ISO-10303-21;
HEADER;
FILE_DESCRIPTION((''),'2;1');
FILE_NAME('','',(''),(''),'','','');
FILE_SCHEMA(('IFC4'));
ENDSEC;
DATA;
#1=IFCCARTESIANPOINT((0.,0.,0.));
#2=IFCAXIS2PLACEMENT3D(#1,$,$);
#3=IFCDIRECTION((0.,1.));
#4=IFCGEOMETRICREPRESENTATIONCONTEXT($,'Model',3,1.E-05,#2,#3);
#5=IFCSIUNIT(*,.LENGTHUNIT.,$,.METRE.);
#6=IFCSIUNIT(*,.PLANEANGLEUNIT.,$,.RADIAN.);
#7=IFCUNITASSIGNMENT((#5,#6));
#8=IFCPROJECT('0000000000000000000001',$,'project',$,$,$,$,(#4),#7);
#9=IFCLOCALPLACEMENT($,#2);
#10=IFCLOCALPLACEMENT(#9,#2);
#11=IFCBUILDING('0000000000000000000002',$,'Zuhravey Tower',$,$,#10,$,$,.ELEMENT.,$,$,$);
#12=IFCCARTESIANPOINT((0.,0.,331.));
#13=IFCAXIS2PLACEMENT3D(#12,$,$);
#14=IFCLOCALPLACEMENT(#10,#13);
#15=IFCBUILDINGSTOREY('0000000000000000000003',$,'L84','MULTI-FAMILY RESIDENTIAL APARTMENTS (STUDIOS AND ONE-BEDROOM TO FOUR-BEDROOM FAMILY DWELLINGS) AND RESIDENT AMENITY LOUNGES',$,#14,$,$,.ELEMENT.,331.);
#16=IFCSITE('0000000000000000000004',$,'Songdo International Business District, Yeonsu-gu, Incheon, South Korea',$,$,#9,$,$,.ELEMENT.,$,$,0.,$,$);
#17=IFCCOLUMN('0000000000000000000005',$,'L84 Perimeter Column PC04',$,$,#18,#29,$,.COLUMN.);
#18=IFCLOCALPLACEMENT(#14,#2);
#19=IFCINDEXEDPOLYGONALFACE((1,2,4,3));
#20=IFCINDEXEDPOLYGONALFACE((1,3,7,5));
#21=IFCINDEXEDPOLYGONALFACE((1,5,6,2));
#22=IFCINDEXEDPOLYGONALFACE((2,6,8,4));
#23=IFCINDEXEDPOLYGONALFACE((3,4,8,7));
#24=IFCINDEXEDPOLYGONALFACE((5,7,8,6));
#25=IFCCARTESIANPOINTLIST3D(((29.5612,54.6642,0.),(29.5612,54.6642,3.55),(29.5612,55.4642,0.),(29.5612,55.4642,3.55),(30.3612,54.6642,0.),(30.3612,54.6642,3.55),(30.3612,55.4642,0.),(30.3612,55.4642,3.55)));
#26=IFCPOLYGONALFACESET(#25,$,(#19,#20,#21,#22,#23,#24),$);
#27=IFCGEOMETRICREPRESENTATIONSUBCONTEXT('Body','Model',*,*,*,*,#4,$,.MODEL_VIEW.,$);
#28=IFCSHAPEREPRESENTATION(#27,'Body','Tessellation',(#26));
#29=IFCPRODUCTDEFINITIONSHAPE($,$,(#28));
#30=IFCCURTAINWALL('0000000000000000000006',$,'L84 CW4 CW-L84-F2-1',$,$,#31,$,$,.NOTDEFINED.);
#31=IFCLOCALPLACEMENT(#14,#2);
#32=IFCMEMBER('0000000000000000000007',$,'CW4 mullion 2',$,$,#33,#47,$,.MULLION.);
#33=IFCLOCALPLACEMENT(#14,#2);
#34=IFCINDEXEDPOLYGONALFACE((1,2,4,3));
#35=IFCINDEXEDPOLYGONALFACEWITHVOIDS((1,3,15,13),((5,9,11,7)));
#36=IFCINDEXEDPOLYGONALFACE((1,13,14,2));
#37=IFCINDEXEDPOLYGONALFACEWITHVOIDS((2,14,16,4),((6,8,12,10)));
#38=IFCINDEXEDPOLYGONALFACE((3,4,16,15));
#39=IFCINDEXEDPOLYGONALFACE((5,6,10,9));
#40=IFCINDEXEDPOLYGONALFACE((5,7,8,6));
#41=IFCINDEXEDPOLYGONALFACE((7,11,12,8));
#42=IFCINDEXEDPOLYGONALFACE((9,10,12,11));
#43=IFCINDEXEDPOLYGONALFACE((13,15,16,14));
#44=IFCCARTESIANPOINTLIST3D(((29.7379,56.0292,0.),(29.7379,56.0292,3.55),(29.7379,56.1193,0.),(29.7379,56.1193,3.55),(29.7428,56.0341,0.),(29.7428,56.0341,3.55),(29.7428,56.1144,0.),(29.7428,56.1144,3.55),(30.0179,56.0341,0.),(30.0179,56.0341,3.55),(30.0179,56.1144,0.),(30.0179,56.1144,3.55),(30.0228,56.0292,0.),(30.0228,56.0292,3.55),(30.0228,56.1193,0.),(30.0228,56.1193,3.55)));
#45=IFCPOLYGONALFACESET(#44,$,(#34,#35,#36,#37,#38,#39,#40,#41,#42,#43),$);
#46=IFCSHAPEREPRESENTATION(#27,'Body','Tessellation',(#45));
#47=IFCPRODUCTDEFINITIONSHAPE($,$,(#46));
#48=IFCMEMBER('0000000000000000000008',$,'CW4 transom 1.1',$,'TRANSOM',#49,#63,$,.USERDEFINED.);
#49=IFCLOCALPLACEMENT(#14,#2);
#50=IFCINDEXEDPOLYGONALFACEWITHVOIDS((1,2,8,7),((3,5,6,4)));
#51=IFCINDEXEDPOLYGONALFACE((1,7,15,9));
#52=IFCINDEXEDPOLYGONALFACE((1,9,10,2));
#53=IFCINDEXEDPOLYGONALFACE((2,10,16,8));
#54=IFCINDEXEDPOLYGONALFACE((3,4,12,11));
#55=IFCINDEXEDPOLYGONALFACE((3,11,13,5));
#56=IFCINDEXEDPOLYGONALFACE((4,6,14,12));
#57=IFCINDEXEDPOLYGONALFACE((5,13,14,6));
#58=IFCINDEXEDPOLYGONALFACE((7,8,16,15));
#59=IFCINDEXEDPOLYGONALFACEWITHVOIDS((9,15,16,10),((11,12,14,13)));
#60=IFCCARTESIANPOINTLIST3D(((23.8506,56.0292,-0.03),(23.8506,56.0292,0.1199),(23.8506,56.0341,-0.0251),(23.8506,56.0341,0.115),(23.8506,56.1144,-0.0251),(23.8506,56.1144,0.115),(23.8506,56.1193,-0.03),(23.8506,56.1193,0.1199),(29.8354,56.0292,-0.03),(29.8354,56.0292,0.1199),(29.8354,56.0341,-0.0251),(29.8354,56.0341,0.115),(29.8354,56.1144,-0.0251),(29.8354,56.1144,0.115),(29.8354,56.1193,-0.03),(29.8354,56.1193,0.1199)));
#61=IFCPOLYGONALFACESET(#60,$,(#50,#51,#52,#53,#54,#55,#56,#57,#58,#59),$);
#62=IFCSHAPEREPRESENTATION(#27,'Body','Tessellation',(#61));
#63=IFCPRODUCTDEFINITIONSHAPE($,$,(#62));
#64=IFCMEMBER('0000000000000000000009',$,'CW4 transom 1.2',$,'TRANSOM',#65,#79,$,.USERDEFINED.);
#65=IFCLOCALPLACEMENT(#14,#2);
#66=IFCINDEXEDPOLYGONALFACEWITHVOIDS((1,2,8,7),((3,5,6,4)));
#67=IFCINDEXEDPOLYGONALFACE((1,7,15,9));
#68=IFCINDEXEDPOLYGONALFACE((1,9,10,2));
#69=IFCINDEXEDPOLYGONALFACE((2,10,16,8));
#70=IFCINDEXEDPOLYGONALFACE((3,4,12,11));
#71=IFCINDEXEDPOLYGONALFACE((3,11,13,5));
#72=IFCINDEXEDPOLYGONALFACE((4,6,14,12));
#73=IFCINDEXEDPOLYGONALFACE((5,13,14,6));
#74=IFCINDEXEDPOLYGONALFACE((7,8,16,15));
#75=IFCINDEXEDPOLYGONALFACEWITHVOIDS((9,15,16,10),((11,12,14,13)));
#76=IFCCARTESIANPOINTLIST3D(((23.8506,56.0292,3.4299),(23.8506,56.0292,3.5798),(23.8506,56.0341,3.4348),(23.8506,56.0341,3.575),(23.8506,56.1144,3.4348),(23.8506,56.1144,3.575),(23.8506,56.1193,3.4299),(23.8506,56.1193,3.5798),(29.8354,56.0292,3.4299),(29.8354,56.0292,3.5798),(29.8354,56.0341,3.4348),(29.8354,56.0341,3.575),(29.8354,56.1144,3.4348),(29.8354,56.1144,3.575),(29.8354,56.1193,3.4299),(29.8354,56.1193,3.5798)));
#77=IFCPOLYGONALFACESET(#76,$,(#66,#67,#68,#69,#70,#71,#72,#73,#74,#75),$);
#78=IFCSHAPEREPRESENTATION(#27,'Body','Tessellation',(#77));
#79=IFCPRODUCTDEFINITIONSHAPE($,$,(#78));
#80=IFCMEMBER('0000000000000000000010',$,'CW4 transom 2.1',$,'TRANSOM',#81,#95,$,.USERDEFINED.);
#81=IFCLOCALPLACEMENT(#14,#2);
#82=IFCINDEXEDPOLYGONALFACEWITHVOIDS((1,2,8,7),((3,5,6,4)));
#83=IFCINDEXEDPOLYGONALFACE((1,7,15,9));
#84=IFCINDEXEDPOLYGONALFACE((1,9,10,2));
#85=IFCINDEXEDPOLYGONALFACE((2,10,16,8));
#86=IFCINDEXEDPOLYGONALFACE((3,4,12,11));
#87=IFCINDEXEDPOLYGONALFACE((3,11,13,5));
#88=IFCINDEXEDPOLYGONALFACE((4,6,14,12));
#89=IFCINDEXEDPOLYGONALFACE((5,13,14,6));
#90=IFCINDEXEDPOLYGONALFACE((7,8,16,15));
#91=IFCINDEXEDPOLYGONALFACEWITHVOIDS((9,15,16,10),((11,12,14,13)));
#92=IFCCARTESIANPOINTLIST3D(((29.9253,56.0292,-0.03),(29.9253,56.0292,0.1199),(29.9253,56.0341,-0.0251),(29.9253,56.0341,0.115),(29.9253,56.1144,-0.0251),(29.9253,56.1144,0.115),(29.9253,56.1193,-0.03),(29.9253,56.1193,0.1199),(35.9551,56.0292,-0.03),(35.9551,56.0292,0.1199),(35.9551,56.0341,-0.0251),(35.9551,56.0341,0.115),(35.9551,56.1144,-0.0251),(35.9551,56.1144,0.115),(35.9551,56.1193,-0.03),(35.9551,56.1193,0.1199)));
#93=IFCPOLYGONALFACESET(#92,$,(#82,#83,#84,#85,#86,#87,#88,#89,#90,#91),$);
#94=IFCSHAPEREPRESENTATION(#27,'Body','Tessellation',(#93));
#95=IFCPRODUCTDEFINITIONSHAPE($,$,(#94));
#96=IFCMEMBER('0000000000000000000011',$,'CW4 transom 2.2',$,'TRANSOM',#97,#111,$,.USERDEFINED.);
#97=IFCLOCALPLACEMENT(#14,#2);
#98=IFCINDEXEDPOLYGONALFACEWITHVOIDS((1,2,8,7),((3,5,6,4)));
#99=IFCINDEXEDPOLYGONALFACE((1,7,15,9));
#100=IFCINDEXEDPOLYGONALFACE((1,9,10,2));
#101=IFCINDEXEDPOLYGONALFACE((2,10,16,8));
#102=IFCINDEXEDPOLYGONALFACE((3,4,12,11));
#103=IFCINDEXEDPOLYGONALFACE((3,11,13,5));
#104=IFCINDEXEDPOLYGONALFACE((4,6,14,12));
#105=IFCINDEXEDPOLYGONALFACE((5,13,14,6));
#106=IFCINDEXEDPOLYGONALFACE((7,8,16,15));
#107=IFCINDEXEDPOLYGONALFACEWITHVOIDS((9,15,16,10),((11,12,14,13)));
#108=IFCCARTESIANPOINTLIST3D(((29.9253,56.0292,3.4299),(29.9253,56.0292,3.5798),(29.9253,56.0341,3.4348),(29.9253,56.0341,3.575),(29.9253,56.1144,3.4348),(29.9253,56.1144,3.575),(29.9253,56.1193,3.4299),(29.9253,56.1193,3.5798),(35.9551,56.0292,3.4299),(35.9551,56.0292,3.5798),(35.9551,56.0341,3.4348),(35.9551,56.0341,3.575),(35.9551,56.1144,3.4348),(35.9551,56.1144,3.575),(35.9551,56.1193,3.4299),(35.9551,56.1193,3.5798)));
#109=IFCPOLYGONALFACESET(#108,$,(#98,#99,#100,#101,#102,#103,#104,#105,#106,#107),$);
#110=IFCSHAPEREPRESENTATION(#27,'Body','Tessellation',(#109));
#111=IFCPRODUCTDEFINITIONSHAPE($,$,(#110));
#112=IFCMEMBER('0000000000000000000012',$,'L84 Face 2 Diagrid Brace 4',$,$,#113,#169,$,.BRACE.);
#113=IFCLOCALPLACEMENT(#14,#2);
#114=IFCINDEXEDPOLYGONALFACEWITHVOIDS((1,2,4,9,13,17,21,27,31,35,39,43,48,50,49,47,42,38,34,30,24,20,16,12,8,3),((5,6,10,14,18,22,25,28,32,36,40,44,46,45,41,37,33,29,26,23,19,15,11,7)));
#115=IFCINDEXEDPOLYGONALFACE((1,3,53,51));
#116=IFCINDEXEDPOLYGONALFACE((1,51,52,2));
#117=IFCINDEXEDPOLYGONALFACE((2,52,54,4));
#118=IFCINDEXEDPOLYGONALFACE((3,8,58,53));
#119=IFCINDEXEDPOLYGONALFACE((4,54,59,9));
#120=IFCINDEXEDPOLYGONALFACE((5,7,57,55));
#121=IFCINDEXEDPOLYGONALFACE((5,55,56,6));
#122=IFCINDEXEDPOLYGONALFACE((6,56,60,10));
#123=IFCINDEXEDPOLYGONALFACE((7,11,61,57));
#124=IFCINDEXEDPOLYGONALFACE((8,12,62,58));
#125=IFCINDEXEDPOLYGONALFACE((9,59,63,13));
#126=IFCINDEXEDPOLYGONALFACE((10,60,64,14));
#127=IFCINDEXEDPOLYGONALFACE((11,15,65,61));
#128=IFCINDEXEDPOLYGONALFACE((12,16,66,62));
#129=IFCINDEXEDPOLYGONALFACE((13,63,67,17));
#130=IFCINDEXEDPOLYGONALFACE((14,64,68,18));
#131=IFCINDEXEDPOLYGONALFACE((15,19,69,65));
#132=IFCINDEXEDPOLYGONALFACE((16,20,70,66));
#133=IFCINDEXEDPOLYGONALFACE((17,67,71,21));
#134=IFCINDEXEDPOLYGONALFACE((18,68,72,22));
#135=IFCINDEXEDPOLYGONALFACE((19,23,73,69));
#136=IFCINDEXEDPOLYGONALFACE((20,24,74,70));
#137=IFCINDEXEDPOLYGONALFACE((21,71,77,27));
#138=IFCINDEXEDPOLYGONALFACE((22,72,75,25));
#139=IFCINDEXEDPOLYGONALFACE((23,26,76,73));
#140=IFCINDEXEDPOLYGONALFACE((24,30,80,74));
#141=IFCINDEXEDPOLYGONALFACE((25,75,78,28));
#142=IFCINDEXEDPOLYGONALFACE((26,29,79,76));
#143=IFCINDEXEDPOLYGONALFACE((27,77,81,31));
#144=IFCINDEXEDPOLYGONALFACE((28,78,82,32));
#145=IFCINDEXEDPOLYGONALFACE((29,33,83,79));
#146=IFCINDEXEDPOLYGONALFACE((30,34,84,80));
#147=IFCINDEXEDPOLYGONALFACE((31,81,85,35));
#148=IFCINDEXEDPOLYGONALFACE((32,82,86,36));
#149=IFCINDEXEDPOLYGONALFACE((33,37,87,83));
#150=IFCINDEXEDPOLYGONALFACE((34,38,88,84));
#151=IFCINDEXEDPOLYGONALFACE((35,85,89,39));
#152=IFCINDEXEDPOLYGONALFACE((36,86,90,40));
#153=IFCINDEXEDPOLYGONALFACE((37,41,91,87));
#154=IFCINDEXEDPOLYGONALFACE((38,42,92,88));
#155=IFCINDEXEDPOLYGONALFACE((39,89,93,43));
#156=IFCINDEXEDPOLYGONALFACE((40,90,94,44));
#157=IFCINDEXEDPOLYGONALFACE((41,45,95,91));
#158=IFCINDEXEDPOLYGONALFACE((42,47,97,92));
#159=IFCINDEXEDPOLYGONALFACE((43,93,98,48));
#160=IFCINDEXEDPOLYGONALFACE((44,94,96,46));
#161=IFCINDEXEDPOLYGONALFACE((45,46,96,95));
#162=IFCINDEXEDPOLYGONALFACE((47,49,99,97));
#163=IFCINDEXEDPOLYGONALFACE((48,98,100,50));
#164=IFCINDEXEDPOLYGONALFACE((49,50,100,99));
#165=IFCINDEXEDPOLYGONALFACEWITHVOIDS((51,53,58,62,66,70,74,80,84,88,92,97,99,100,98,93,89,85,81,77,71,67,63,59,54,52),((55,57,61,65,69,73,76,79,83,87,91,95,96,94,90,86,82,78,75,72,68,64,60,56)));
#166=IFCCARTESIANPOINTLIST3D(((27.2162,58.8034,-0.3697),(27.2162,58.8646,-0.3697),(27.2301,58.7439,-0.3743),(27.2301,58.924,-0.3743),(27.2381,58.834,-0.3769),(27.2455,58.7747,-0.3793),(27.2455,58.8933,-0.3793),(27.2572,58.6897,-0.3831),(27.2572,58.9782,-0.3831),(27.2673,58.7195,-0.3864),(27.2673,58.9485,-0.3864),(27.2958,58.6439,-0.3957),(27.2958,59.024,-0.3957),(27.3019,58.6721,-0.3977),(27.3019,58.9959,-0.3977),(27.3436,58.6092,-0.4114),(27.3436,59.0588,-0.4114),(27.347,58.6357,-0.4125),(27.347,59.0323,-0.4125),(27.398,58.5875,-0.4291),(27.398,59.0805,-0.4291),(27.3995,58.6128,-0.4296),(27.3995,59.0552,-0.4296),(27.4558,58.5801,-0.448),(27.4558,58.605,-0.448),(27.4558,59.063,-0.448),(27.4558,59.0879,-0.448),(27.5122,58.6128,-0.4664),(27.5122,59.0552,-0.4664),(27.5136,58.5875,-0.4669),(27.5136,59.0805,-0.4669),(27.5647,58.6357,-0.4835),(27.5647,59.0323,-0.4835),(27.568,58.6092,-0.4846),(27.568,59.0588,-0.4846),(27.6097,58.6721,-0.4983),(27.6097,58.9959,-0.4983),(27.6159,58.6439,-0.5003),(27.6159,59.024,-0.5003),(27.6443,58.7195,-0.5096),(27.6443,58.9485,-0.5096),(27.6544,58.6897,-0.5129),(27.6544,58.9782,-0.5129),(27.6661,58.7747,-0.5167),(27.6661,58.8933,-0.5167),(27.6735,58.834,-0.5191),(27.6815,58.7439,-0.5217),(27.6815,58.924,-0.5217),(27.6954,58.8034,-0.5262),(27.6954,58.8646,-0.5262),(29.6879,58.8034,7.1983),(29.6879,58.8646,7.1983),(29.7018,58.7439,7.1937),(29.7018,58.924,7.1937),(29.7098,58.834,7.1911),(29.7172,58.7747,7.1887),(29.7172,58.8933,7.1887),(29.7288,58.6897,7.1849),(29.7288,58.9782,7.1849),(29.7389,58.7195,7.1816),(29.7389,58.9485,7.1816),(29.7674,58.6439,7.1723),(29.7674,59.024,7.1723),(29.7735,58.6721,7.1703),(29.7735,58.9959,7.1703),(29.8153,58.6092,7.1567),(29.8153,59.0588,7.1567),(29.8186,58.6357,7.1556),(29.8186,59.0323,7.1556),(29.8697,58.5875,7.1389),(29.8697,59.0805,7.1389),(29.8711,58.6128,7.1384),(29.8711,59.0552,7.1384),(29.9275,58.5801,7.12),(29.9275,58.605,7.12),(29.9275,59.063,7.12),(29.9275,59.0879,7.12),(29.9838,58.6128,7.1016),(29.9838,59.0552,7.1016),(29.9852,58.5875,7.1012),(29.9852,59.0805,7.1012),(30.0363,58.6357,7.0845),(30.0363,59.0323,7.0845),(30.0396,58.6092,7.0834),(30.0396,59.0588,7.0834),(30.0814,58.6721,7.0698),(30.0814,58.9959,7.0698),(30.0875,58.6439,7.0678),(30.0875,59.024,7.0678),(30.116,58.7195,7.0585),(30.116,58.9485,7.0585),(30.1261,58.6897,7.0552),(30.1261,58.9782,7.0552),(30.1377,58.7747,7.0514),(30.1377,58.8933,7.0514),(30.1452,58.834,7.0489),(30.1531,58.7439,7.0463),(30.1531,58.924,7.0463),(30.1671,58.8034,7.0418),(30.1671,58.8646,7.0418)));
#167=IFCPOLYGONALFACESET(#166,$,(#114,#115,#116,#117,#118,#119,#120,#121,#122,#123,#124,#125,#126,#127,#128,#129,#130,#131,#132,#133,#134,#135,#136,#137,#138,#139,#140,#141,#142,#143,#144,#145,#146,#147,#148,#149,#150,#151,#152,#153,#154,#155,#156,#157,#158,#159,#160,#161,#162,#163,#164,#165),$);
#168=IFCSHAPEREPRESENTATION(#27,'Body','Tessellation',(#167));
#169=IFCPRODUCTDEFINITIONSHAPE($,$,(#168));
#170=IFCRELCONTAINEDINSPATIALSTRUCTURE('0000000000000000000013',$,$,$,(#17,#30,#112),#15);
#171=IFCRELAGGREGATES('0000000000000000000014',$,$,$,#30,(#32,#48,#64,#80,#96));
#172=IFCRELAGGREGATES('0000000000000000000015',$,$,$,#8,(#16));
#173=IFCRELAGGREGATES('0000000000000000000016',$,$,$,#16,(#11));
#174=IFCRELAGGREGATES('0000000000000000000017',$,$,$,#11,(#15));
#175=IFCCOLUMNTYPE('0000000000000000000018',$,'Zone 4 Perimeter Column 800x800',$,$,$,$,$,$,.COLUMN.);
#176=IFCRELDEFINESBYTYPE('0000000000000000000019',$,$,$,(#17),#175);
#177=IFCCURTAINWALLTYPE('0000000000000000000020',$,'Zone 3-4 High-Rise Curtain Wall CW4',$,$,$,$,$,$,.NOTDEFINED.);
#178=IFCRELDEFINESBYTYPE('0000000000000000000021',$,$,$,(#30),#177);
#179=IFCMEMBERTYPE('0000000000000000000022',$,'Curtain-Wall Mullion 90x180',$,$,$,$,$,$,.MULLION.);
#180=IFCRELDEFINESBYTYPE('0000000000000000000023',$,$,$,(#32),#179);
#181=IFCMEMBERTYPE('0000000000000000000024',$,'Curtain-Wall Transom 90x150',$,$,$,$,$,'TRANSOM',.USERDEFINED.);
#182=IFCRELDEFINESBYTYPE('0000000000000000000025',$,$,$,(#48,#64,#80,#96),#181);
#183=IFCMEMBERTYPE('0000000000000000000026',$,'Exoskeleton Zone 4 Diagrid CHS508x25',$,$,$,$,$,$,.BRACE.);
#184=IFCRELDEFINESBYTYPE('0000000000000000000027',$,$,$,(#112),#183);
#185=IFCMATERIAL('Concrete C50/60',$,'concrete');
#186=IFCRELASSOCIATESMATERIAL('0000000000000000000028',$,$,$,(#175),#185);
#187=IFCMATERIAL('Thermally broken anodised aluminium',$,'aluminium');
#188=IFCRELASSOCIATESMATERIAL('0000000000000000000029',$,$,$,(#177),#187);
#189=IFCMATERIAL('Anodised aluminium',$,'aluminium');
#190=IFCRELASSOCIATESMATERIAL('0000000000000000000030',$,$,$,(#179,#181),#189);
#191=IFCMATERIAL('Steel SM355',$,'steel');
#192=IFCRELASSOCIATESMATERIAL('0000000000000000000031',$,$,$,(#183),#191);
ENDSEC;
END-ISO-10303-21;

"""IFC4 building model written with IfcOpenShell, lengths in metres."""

from ifc_helpers import new_model, si_unit, direction, frame, origin, origin_2d, place, context, subcontext, project, spatial, rectangle, hollow_rectangle, hollow_circle, extrude, material, material_profile, profile_set, type_object, element, aggregate, save


model = new_model("IFC4")

# Units and contexts
model_context = context("Model", 3, precision=1e-05, world=origin(), true_north=direction((0.0, 1.0)))
body_context = subcontext(model_context, "Body", "Model", "MODEL_VIEW")
ifc_project = project(units=[si_unit("LENGTHUNIT", "METRE"), si_unit("PLANEANGLEUNIT", "RADIAN")], contexts=[model_context])

# Site, building, storey
site_placement = place(None, origin())
site = spatial("IfcSite", under=ifc_project, at=site_placement, Name="Songdo International Business District, Yeonsu-gu, Incheon, South Korea", CompositionType="ELEMENT", RefElevation=0.0)
building_placement = place(site_placement, origin())
building = spatial("IfcBuilding", under=site, at=building_placement, Name="Zuhravey Tower", CompositionType="ELEMENT")
storey_placement = place(building_placement, frame((0.0, 0.0, 331.0)))
storey = spatial("IfcBuildingStorey", under=building, at=storey_placement, Name="L84", Description="MULTI-FAMILY RESIDENTIAL APARTMENTS (STUDIOS AND ONE-BEDROOM TO FOUR-BEDROOM FAMILY DWELLINGS) AND RESIDENT AMENITY LOUNGES", CompositionType="ELEMENT", Elevation=331.0)

# Column
ifc_material_1 = material(Name="Concrete C50/60", Category="concrete")
ifc_material_profile_1 = material_profile(ifc_material_1, rectangle(XDim=0.8, YDim=0.8, at=origin_2d()), Name="RC-800x800")
ifc_profile_set_1 = profile_set([ifc_material_profile_1], Name="Concrete C50/60")
column_type = type_object("IfcColumnType", Name="Zone 4 Perimeter Column 800x800", PredefinedType="COLUMN", material=ifc_profile_set_1)
column_placement = place(storey_placement, frame((29.9612, 55.0642, 0.0), z_axis=(0.0, 0.0, 1.0), x_axis=(-1.0, 0.0, 0.0)))
element("IfcColumn", 1, at=column_placement, inside=storey, type_object=column_type, Name="L84 Perimeter Column PC04", PredefinedType="COLUMN", context=body_context, shape_type="SweptSolid", body=[
    extrude(rectangle(XDim=0.8, YDim=0.8, at=origin_2d()), origin(), (0.0, 0.0, 1.0), 3.55),
])

# Curtain wall, members
ifc_material_2 = material(Name="Thermally broken anodised aluminium", Category="aluminium")
curtain_wall_type = type_object("IfcCurtainWallType", Name="Zone 3-4 High-Rise Curtain Wall CW4", PredefinedType="NOTDEFINED", material=ifc_material_2)
curtain_wall_placement = place(storey_placement, origin())
curtain_wall = element("IfcCurtainWall", 2, at=curtain_wall_placement, inside=storey, type_object=curtain_wall_type, Name="L84 CW4 CW-L84-F2-1", PredefinedType="NOTDEFINED")
ifc_material_3 = material(Name="Anodised aluminium", Category="aluminium")
ifc_material_profile_2 = material_profile(ifc_material_3, hollow_rectangle(XDim=0.0901, YDim=0.2849, WallThickness=0.0049, at=origin_2d()), Name="ALU-RHS-90x285x5")
ifc_profile_set_2 = profile_set([ifc_material_profile_2], Name="Anodised aluminium")
member_type_1 = type_object("IfcMemberType", Name="Curtain-Wall Mullion 90x180", PredefinedType="MULLION", material=ifc_profile_set_2)
member_1_placement = place(storey_placement, frame((29.8804, 56.0742, 0.0), z_axis=(0.0, 0.0, 1.0), x_axis=(0.0, 1.0, 0.0)))
member_1 = element("IfcMember", 3, at=member_1_placement, type_object=member_type_1, Name="CW4 mullion 2", PredefinedType="MULLION", context=body_context, shape_type="SweptSolid", body=[
    extrude(hollow_rectangle(XDim=0.0901, YDim=0.2849, WallThickness=0.0049, at=origin_2d()), origin(), (0.0, 0.0, 1.0), 3.55),
])
ifc_material_profile_3 = material_profile(ifc_material_3, hollow_rectangle(XDim=0.0901, YDim=0.1499, WallThickness=0.0049, at=origin_2d()), Name="ALU-RHS-90x150x5")
ifc_profile_set_3 = profile_set([ifc_material_profile_3], Name="Anodised aluminium")
member_type_2 = type_object("IfcMemberType", Name="Curtain-Wall Transom 90x150", ElementType="TRANSOM", PredefinedType="USERDEFINED", material=ifc_profile_set_3)
member_2_placement = place(storey_placement, frame((23.8506, 56.0742, 0.0449), z_axis=(1.0, 0.0, 0.0), x_axis=(0.0, 1.0, 0.0)))
member_2 = element("IfcMember", 4, at=member_2_placement, type_object=member_type_2, Name="CW4 transom 1.1", ObjectType="TRANSOM", PredefinedType="USERDEFINED", context=body_context, shape_type="SweptSolid", body=[
    extrude(hollow_rectangle(XDim=0.0901, YDim=0.1499, WallThickness=0.0049, at=origin_2d()), origin(), (0.0, 0.0, 1.0), 5.9849),
])
member_3_placement = place(storey_placement, frame((23.8506, 56.0742, 3.5049), z_axis=(1.0, 0.0, 0.0), x_axis=(0.0, 1.0, 0.0)))
member_3 = element("IfcMember", 5, at=member_3_placement, type_object=member_type_2, Name="CW4 transom 1.2", ObjectType="TRANSOM", PredefinedType="USERDEFINED", context=body_context, shape_type="SweptSolid", body=[
    extrude(hollow_rectangle(XDim=0.0901, YDim=0.1499, WallThickness=0.0049, at=origin_2d()), origin(), (0.0, 0.0, 1.0), 5.9849),
])
member_4_placement = place(storey_placement, frame((29.9253, 56.0742, 0.0449), z_axis=(1.0, 0.0, 0.0), x_axis=(0.0, 1.0, 0.0)))
member_4 = element("IfcMember", 6, at=member_4_placement, type_object=member_type_2, Name="CW4 transom 2.1", ObjectType="TRANSOM", PredefinedType="USERDEFINED", context=body_context, shape_type="SweptSolid", body=[
    extrude(hollow_rectangle(XDim=0.0901, YDim=0.1499, WallThickness=0.0049, at=origin_2d()), origin(), (0.0, 0.0, 1.0), 6.0298),
])
member_5_placement = place(storey_placement, frame((29.9253, 56.0742, 3.5049), z_axis=(1.0, 0.0, 0.0), x_axis=(0.0, 1.0, 0.0)))
member_5 = element("IfcMember", 7, at=member_5_placement, type_object=member_type_2, Name="CW4 transom 2.2", ObjectType="TRANSOM", PredefinedType="USERDEFINED", context=body_context, shape_type="SweptSolid", body=[
    extrude(hollow_rectangle(XDim=0.0901, YDim=0.1499, WallThickness=0.0049, at=origin_2d()), origin(), (0.0, 0.0, 1.0), 6.0298),
])

# Member
ifc_material_4 = material(Name="Steel SM355", Category="steel")
ifc_material_profile_4 = material_profile(ifc_material_4, hollow_circle(Radius=0.2539, WallThickness=0.0249, at=origin_2d()), Name="CHS-508.0x25")
ifc_profile_set_4 = profile_set([ifc_material_profile_4], Name="Steel SM355")
member_type_3 = type_object("IfcMemberType", Name="Exoskeleton Zone 4 Diagrid CHS508x25", PredefinedType="BRACE", material=ifc_profile_set_4)
member_6_placement = place(storey_placement, frame((27.4558, 58.834, -0.448), z_axis=(0.310454, 0.0, 0.950588), x_axis=(0.0, 1.0, 0.0)))
element("IfcMember", 8, at=member_6_placement, inside=storey, type_object=member_type_3, Name="L84 Face 2 Diagrid Brace 4", PredefinedType="BRACE", context=body_context, shape_type="SweptSolid", body=[
    extrude(hollow_circle(Radius=0.2539, WallThickness=0.0249, at=origin_2d()), origin(), (0.0, 0.0, 1.0), 7.9614),
])

aggregate(curtain_wall, [member_1, member_2, member_3, member_4, member_5])

save(model, "model.ifc")
